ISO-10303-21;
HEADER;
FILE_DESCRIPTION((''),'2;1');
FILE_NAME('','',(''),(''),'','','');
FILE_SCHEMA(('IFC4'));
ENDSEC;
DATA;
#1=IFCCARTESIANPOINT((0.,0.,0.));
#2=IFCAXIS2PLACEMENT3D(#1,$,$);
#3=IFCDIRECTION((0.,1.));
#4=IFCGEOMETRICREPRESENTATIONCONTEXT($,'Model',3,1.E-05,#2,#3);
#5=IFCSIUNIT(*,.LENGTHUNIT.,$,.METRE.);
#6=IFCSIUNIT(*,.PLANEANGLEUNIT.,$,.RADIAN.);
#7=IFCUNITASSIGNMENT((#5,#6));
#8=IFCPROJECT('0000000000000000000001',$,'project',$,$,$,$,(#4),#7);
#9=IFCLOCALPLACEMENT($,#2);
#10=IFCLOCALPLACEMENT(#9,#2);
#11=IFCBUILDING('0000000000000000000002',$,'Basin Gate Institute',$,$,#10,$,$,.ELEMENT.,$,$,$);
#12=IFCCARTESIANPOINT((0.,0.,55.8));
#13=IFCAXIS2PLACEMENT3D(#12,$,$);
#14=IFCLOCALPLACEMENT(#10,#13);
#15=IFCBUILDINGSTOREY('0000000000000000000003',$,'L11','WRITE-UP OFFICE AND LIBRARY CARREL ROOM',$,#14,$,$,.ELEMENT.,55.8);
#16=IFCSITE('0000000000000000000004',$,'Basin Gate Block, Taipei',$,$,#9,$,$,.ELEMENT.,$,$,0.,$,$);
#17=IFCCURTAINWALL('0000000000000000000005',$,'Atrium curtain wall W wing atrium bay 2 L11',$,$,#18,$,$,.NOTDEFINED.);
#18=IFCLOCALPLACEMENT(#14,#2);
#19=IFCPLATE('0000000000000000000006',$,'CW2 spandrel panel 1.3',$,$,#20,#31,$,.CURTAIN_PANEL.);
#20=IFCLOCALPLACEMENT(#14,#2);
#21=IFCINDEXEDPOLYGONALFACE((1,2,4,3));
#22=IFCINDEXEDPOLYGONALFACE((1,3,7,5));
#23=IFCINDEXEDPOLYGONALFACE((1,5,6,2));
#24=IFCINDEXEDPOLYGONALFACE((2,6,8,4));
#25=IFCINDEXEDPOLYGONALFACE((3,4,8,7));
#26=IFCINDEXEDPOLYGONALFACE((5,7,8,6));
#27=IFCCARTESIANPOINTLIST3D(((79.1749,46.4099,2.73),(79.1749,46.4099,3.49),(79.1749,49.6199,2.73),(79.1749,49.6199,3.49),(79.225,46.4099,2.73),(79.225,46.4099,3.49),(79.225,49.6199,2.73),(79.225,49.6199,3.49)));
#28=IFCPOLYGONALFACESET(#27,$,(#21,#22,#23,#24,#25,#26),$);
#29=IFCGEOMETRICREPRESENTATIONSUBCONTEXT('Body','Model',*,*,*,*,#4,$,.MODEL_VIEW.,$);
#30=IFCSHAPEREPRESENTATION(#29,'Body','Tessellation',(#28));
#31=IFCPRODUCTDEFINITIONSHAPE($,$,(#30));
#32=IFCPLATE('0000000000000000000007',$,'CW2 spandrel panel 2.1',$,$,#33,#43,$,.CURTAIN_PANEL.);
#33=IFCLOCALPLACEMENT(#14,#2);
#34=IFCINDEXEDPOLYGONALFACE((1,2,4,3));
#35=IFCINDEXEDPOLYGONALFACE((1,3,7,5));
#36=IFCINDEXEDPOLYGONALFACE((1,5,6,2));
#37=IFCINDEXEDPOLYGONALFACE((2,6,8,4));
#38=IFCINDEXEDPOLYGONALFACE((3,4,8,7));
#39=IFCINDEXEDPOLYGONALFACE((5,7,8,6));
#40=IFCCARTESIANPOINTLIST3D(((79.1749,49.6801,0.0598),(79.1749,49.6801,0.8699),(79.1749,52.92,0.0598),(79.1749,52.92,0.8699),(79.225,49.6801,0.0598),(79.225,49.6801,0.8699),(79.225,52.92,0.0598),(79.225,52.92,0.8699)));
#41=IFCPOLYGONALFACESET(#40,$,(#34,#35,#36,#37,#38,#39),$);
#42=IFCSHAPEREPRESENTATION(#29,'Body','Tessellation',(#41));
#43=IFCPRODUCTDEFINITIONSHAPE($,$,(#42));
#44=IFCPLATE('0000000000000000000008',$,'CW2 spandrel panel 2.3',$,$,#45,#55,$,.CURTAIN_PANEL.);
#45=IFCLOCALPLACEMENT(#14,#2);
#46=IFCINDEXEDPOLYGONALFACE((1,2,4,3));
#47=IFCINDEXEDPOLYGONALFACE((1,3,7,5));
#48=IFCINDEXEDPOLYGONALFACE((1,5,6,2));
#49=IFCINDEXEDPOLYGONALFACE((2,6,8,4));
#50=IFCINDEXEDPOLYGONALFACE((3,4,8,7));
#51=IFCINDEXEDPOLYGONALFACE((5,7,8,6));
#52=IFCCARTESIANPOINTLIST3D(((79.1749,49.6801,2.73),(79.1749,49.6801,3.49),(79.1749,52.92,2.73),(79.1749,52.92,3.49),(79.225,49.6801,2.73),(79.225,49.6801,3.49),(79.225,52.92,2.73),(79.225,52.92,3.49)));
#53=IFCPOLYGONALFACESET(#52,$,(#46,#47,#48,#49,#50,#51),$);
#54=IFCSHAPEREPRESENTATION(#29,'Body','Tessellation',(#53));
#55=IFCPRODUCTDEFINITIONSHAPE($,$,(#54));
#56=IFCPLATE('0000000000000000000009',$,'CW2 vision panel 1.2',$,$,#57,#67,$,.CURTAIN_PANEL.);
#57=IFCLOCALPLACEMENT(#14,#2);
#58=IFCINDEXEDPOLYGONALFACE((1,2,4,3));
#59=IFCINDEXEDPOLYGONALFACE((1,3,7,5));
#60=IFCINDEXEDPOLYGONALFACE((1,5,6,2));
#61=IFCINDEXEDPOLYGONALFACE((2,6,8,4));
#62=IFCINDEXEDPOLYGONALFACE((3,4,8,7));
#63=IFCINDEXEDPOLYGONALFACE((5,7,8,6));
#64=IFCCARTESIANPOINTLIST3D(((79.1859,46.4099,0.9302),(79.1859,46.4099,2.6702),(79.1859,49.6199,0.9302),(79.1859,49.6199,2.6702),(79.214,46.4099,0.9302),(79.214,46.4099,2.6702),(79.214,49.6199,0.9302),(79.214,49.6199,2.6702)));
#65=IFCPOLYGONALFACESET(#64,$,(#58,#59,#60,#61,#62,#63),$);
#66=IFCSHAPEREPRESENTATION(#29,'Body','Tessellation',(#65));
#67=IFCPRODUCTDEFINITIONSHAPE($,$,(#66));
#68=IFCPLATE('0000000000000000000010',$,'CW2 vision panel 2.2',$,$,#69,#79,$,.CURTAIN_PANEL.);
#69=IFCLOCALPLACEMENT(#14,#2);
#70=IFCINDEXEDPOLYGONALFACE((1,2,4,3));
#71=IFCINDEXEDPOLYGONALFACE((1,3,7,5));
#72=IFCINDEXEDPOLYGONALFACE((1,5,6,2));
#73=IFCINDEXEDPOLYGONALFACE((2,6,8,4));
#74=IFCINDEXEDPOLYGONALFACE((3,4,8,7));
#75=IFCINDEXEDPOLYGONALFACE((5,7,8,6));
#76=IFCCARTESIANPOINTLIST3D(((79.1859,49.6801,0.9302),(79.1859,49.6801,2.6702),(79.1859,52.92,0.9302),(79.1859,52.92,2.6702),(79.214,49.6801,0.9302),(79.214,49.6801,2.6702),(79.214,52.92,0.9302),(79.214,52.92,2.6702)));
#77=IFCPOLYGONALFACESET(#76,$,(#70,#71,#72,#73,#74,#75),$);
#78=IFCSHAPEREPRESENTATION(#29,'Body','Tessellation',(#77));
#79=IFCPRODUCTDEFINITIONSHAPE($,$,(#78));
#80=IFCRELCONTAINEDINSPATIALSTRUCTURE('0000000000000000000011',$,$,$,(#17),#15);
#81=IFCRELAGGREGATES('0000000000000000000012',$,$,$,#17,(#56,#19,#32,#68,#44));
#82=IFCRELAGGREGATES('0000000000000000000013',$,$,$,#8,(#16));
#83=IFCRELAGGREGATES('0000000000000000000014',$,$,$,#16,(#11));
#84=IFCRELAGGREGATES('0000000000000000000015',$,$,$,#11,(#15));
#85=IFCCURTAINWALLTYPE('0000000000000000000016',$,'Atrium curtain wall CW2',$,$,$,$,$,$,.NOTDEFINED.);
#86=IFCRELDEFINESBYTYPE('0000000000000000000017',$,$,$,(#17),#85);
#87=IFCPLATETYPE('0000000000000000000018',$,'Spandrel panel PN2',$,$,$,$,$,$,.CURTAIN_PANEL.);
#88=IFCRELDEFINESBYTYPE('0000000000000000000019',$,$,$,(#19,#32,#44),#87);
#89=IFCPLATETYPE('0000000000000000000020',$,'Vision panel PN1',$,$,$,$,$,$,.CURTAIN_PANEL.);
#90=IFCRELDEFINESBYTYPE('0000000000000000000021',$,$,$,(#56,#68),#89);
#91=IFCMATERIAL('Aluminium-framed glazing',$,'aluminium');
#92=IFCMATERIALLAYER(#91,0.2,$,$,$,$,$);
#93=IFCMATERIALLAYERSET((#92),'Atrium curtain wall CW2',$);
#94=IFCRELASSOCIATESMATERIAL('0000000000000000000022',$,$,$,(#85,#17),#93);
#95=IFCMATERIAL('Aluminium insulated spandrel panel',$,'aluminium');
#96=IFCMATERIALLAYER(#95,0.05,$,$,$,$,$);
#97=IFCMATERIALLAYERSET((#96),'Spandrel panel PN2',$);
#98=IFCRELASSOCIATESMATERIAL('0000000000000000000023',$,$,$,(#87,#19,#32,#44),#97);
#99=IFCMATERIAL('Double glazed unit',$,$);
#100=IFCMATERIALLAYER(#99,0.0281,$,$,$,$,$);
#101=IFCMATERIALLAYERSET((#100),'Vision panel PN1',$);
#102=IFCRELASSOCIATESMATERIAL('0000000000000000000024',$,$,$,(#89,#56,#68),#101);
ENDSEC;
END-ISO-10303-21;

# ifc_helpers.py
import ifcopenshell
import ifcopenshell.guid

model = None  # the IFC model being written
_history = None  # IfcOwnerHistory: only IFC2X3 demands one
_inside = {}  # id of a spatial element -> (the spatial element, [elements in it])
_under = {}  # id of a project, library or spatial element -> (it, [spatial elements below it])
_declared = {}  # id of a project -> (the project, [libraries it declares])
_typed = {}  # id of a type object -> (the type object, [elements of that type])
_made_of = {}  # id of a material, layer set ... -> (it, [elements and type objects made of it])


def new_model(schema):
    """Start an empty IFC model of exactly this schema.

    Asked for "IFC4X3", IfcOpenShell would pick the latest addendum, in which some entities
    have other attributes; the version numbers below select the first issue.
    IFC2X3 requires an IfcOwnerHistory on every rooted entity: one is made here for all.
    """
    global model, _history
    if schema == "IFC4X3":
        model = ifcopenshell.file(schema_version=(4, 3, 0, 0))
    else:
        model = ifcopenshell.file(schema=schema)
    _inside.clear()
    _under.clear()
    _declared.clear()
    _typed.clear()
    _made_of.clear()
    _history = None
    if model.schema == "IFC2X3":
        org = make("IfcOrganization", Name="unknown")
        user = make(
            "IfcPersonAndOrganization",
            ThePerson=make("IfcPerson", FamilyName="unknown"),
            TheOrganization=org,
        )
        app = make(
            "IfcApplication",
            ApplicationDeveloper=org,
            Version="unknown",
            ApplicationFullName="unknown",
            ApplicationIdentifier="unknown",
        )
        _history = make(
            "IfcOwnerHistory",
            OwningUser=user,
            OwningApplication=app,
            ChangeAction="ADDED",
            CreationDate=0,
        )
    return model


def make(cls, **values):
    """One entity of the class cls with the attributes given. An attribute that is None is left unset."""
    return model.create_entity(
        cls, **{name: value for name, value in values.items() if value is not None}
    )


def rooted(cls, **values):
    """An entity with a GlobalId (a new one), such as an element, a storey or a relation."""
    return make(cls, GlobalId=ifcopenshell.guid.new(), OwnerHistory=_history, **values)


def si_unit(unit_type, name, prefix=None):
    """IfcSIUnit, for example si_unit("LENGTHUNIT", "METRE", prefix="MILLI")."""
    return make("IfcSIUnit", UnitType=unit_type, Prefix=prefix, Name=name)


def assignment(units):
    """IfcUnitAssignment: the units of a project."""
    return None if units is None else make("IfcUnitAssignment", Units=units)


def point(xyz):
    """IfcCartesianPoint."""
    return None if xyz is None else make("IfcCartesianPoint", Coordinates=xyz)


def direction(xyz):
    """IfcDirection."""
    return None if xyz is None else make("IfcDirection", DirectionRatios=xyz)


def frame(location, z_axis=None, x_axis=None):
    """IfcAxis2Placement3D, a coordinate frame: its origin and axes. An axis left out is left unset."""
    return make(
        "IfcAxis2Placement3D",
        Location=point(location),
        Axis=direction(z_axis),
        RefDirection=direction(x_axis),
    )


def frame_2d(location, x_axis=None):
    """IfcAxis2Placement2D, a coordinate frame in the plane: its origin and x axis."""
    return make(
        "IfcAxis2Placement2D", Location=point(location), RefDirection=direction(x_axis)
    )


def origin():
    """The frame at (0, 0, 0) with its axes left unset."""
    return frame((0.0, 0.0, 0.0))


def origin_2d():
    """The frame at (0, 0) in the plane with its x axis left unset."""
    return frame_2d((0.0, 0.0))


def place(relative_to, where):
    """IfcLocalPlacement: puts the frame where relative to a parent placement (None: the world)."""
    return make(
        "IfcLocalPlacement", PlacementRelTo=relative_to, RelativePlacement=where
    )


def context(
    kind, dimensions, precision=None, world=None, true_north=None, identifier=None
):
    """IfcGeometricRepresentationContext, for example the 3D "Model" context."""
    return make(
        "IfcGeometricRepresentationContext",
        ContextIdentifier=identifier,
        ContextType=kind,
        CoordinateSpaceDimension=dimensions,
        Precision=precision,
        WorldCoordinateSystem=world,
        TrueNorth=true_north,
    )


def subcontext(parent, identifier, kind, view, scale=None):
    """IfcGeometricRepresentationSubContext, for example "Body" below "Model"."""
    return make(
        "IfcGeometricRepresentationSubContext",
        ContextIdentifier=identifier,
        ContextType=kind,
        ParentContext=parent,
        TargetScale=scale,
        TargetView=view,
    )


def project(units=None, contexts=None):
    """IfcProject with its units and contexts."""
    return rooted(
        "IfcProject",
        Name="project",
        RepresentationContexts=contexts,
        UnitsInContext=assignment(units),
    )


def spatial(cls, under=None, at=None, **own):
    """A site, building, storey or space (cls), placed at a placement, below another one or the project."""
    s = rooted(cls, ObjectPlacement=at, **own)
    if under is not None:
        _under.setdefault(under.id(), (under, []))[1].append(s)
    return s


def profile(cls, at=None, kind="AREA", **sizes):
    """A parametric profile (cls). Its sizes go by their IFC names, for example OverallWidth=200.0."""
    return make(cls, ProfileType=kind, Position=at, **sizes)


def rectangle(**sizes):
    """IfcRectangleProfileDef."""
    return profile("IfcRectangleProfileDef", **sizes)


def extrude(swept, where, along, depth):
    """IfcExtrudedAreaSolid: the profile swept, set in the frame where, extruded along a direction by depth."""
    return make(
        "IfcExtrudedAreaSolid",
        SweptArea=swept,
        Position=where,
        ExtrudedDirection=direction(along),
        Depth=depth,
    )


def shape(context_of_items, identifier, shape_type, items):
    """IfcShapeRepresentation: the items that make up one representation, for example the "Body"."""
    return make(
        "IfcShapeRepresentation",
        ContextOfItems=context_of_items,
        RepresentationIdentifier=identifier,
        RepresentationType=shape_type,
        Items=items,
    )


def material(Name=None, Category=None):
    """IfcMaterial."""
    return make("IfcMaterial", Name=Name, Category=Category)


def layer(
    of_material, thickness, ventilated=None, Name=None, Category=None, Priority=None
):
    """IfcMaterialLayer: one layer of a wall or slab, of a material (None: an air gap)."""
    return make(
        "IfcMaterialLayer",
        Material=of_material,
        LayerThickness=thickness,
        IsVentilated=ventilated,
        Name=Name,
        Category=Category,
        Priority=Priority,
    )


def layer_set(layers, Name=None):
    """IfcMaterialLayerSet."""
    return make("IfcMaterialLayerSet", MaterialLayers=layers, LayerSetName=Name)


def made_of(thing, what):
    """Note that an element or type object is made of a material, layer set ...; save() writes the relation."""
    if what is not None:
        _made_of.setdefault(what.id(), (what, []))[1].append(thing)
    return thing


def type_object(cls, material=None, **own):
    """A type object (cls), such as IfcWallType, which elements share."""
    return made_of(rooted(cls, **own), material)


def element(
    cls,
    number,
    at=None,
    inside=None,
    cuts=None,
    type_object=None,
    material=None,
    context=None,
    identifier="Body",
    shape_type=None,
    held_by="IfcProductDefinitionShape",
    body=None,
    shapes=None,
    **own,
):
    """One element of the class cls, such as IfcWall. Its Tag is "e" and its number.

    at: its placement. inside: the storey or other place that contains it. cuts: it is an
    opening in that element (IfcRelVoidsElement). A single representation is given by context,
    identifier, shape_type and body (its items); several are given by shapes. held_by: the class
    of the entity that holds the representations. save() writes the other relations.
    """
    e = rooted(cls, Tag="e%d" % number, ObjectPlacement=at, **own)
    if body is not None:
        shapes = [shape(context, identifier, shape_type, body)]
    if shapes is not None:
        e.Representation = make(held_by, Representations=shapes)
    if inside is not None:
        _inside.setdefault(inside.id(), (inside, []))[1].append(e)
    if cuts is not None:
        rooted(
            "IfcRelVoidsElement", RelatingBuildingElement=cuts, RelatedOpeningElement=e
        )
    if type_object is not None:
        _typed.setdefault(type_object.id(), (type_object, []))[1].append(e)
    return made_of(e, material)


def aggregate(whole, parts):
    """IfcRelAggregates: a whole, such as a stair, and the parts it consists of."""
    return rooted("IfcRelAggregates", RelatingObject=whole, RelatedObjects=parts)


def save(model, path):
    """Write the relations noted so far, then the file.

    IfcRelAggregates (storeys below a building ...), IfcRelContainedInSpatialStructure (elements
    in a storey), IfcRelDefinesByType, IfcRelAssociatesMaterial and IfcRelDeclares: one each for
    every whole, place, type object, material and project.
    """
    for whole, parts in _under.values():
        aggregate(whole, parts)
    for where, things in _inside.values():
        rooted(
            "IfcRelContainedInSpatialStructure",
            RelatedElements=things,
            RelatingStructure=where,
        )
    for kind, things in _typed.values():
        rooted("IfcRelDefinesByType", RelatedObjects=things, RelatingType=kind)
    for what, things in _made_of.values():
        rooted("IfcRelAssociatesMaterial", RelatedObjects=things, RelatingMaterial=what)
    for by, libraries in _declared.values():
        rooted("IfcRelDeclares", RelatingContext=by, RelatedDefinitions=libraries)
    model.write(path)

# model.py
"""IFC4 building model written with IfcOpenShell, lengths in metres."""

from ifc_helpers import new_model, si_unit, direction, frame, origin, origin_2d, place, context, subcontext, project, spatial, rectangle, extrude, material, layer, layer_set, type_object, element, aggregate, save


model = new_model("IFC4")

# Units and contexts
model_context = context("Model", 3, precision=1e-05, world=origin(), true_north=direction((0.0, 1.0)))
body_context = subcontext(model_context, "Body", "Model", "MODEL_VIEW")
ifc_project = project(units=[si_unit("LENGTHUNIT", "METRE"), si_unit("PLANEANGLEUNIT", "RADIAN")], contexts=[model_context])

# Site, building, storey
site_placement = place(None, origin())
site = spatial("IfcSite", under=ifc_project, at=site_placement, Name="Basin Gate Block, Taipei", CompositionType="ELEMENT", RefElevation=0.0)
building_placement = place(site_placement, origin())
building = spatial("IfcBuilding", under=site, at=building_placement, Name="Basin Gate Institute", CompositionType="ELEMENT")
storey_placement = place(building_placement, frame((0.0, 0.0, 55.8)))
storey = spatial("IfcBuildingStorey", under=building, at=storey_placement, Name="L11", Description="WRITE-UP OFFICE AND LIBRARY CARREL ROOM", CompositionType="ELEMENT", Elevation=55.8)

# Curtain wall, plates
ifc_material_1 = material(Name="Aluminium-framed glazing", Category="aluminium")
ifc_layer_1 = layer(ifc_material_1, 0.2)
ifc_layer_set_1 = layer_set([ifc_layer_1], Name="Atrium curtain wall CW2")
curtain_wall_type = type_object("IfcCurtainWallType", Name="Atrium curtain wall CW2", PredefinedType="NOTDEFINED", material=ifc_layer_set_1)
curtain_wall_placement = place(storey_placement, origin())
curtain_wall = element("IfcCurtainWall", 1, at=curtain_wall_placement, inside=storey, type_object=curtain_wall_type, material=ifc_layer_set_1, Name="Atrium curtain wall W wing atrium bay 2 L11", PredefinedType="NOTDEFINED")
ifc_material_2 = material(Name="Aluminium insulated spandrel panel", Category="aluminium")
ifc_layer_2 = layer(ifc_material_2, 0.05)
ifc_layer_set_2 = layer_set([ifc_layer_2], Name="Spandrel panel PN2")
plate_type_1 = type_object("IfcPlateType", Name="Spandrel panel PN2", PredefinedType="CURTAIN_PANEL", material=ifc_layer_set_2)
plate_1_placement = place(storey_placement, frame((79.2, 48.0149, 2.73), z_axis=(0.0, 0.0, 1.0), x_axis=(0.0, 1.0, 0.0)))
plate_1 = element("IfcPlate", 2, at=plate_1_placement, type_object=plate_type_1, material=ifc_layer_set_2, Name="CW2 spandrel panel 1.3", PredefinedType="CURTAIN_PANEL", context=body_context, shape_type="SweptSolid", body=[
    extrude(rectangle(XDim=3.21, YDim=0.05, at=origin_2d()), origin(), (0.0, 0.0, 1.0), 0.76),
])
plate_2_placement = place(storey_placement, frame((79.2, 51.3, 0.0598), z_axis=(0.0, 0.0, 1.0), x_axis=(0.0, 1.0, 0.0)))
plate_2 = element("IfcPlate", 3, at=plate_2_placement, type_object=plate_type_1, material=ifc_layer_set_2, Name="CW2 spandrel panel 2.1", PredefinedType="CURTAIN_PANEL", context=body_context, shape_type="SweptSolid", body=[
    extrude(rectangle(XDim=3.24, YDim=0.05, at=origin_2d()), origin(), (0.0, 0.0, 1.0), 0.8101),
])
plate_3_placement = place(storey_placement, frame((79.2, 51.3, 2.73), z_axis=(0.0, 0.0, 1.0), x_axis=(0.0, 1.0, 0.0)))
plate_3 = element("IfcPlate", 4, at=plate_3_placement, type_object=plate_type_1, material=ifc_layer_set_2, Name="CW2 spandrel panel 2.3", PredefinedType="CURTAIN_PANEL", context=body_context, shape_type="SweptSolid", body=[
    extrude(rectangle(XDim=3.24, YDim=0.05, at=origin_2d()), origin(), (0.0, 0.0, 1.0), 0.76),
])
ifc_material_3 = material(Name="Double glazed unit")
ifc_layer_3 = layer(ifc_material_3, 0.0281)
ifc_layer_set_3 = layer_set([ifc_layer_3], Name="Vision panel PN1")
plate_type_2 = type_object("IfcPlateType", Name="Vision panel PN1", PredefinedType="CURTAIN_PANEL", material=ifc_layer_set_3)
plate_4_placement = place(storey_placement, frame((79.2, 48.0149, 0.9302), z_axis=(0.0, 0.0, 1.0), x_axis=(0.0, 1.0, 0.0)))
plate_4 = element("IfcPlate", 5, at=plate_4_placement, type_object=plate_type_2, material=ifc_layer_set_3, Name="CW2 vision panel 1.2", PredefinedType="CURTAIN_PANEL", context=body_context, shape_type="SweptSolid", body=[
    extrude(rectangle(XDim=3.21, YDim=0.0281, at=origin_2d()), origin(), (0.0, 0.0, 1.0), 1.74),
])
plate_5_placement = place(storey_placement, frame((79.2, 51.3, 0.9302), z_axis=(0.0, 0.0, 1.0), x_axis=(0.0, 1.0, 0.0)))
plate_5 = element("IfcPlate", 6, at=plate_5_placement, type_object=plate_type_2, material=ifc_layer_set_3, Name="CW2 vision panel 2.2", PredefinedType="CURTAIN_PANEL", context=body_context, shape_type="SweptSolid", body=[
    extrude(rectangle(XDim=3.24, YDim=0.0281, at=origin_2d()), origin(), (0.0, 0.0, 1.0), 1.74),
])
aggregate(curtain_wall, [plate_4, plate_1, plate_2, plate_5, plate_3])

save(model, "model.ifc")
